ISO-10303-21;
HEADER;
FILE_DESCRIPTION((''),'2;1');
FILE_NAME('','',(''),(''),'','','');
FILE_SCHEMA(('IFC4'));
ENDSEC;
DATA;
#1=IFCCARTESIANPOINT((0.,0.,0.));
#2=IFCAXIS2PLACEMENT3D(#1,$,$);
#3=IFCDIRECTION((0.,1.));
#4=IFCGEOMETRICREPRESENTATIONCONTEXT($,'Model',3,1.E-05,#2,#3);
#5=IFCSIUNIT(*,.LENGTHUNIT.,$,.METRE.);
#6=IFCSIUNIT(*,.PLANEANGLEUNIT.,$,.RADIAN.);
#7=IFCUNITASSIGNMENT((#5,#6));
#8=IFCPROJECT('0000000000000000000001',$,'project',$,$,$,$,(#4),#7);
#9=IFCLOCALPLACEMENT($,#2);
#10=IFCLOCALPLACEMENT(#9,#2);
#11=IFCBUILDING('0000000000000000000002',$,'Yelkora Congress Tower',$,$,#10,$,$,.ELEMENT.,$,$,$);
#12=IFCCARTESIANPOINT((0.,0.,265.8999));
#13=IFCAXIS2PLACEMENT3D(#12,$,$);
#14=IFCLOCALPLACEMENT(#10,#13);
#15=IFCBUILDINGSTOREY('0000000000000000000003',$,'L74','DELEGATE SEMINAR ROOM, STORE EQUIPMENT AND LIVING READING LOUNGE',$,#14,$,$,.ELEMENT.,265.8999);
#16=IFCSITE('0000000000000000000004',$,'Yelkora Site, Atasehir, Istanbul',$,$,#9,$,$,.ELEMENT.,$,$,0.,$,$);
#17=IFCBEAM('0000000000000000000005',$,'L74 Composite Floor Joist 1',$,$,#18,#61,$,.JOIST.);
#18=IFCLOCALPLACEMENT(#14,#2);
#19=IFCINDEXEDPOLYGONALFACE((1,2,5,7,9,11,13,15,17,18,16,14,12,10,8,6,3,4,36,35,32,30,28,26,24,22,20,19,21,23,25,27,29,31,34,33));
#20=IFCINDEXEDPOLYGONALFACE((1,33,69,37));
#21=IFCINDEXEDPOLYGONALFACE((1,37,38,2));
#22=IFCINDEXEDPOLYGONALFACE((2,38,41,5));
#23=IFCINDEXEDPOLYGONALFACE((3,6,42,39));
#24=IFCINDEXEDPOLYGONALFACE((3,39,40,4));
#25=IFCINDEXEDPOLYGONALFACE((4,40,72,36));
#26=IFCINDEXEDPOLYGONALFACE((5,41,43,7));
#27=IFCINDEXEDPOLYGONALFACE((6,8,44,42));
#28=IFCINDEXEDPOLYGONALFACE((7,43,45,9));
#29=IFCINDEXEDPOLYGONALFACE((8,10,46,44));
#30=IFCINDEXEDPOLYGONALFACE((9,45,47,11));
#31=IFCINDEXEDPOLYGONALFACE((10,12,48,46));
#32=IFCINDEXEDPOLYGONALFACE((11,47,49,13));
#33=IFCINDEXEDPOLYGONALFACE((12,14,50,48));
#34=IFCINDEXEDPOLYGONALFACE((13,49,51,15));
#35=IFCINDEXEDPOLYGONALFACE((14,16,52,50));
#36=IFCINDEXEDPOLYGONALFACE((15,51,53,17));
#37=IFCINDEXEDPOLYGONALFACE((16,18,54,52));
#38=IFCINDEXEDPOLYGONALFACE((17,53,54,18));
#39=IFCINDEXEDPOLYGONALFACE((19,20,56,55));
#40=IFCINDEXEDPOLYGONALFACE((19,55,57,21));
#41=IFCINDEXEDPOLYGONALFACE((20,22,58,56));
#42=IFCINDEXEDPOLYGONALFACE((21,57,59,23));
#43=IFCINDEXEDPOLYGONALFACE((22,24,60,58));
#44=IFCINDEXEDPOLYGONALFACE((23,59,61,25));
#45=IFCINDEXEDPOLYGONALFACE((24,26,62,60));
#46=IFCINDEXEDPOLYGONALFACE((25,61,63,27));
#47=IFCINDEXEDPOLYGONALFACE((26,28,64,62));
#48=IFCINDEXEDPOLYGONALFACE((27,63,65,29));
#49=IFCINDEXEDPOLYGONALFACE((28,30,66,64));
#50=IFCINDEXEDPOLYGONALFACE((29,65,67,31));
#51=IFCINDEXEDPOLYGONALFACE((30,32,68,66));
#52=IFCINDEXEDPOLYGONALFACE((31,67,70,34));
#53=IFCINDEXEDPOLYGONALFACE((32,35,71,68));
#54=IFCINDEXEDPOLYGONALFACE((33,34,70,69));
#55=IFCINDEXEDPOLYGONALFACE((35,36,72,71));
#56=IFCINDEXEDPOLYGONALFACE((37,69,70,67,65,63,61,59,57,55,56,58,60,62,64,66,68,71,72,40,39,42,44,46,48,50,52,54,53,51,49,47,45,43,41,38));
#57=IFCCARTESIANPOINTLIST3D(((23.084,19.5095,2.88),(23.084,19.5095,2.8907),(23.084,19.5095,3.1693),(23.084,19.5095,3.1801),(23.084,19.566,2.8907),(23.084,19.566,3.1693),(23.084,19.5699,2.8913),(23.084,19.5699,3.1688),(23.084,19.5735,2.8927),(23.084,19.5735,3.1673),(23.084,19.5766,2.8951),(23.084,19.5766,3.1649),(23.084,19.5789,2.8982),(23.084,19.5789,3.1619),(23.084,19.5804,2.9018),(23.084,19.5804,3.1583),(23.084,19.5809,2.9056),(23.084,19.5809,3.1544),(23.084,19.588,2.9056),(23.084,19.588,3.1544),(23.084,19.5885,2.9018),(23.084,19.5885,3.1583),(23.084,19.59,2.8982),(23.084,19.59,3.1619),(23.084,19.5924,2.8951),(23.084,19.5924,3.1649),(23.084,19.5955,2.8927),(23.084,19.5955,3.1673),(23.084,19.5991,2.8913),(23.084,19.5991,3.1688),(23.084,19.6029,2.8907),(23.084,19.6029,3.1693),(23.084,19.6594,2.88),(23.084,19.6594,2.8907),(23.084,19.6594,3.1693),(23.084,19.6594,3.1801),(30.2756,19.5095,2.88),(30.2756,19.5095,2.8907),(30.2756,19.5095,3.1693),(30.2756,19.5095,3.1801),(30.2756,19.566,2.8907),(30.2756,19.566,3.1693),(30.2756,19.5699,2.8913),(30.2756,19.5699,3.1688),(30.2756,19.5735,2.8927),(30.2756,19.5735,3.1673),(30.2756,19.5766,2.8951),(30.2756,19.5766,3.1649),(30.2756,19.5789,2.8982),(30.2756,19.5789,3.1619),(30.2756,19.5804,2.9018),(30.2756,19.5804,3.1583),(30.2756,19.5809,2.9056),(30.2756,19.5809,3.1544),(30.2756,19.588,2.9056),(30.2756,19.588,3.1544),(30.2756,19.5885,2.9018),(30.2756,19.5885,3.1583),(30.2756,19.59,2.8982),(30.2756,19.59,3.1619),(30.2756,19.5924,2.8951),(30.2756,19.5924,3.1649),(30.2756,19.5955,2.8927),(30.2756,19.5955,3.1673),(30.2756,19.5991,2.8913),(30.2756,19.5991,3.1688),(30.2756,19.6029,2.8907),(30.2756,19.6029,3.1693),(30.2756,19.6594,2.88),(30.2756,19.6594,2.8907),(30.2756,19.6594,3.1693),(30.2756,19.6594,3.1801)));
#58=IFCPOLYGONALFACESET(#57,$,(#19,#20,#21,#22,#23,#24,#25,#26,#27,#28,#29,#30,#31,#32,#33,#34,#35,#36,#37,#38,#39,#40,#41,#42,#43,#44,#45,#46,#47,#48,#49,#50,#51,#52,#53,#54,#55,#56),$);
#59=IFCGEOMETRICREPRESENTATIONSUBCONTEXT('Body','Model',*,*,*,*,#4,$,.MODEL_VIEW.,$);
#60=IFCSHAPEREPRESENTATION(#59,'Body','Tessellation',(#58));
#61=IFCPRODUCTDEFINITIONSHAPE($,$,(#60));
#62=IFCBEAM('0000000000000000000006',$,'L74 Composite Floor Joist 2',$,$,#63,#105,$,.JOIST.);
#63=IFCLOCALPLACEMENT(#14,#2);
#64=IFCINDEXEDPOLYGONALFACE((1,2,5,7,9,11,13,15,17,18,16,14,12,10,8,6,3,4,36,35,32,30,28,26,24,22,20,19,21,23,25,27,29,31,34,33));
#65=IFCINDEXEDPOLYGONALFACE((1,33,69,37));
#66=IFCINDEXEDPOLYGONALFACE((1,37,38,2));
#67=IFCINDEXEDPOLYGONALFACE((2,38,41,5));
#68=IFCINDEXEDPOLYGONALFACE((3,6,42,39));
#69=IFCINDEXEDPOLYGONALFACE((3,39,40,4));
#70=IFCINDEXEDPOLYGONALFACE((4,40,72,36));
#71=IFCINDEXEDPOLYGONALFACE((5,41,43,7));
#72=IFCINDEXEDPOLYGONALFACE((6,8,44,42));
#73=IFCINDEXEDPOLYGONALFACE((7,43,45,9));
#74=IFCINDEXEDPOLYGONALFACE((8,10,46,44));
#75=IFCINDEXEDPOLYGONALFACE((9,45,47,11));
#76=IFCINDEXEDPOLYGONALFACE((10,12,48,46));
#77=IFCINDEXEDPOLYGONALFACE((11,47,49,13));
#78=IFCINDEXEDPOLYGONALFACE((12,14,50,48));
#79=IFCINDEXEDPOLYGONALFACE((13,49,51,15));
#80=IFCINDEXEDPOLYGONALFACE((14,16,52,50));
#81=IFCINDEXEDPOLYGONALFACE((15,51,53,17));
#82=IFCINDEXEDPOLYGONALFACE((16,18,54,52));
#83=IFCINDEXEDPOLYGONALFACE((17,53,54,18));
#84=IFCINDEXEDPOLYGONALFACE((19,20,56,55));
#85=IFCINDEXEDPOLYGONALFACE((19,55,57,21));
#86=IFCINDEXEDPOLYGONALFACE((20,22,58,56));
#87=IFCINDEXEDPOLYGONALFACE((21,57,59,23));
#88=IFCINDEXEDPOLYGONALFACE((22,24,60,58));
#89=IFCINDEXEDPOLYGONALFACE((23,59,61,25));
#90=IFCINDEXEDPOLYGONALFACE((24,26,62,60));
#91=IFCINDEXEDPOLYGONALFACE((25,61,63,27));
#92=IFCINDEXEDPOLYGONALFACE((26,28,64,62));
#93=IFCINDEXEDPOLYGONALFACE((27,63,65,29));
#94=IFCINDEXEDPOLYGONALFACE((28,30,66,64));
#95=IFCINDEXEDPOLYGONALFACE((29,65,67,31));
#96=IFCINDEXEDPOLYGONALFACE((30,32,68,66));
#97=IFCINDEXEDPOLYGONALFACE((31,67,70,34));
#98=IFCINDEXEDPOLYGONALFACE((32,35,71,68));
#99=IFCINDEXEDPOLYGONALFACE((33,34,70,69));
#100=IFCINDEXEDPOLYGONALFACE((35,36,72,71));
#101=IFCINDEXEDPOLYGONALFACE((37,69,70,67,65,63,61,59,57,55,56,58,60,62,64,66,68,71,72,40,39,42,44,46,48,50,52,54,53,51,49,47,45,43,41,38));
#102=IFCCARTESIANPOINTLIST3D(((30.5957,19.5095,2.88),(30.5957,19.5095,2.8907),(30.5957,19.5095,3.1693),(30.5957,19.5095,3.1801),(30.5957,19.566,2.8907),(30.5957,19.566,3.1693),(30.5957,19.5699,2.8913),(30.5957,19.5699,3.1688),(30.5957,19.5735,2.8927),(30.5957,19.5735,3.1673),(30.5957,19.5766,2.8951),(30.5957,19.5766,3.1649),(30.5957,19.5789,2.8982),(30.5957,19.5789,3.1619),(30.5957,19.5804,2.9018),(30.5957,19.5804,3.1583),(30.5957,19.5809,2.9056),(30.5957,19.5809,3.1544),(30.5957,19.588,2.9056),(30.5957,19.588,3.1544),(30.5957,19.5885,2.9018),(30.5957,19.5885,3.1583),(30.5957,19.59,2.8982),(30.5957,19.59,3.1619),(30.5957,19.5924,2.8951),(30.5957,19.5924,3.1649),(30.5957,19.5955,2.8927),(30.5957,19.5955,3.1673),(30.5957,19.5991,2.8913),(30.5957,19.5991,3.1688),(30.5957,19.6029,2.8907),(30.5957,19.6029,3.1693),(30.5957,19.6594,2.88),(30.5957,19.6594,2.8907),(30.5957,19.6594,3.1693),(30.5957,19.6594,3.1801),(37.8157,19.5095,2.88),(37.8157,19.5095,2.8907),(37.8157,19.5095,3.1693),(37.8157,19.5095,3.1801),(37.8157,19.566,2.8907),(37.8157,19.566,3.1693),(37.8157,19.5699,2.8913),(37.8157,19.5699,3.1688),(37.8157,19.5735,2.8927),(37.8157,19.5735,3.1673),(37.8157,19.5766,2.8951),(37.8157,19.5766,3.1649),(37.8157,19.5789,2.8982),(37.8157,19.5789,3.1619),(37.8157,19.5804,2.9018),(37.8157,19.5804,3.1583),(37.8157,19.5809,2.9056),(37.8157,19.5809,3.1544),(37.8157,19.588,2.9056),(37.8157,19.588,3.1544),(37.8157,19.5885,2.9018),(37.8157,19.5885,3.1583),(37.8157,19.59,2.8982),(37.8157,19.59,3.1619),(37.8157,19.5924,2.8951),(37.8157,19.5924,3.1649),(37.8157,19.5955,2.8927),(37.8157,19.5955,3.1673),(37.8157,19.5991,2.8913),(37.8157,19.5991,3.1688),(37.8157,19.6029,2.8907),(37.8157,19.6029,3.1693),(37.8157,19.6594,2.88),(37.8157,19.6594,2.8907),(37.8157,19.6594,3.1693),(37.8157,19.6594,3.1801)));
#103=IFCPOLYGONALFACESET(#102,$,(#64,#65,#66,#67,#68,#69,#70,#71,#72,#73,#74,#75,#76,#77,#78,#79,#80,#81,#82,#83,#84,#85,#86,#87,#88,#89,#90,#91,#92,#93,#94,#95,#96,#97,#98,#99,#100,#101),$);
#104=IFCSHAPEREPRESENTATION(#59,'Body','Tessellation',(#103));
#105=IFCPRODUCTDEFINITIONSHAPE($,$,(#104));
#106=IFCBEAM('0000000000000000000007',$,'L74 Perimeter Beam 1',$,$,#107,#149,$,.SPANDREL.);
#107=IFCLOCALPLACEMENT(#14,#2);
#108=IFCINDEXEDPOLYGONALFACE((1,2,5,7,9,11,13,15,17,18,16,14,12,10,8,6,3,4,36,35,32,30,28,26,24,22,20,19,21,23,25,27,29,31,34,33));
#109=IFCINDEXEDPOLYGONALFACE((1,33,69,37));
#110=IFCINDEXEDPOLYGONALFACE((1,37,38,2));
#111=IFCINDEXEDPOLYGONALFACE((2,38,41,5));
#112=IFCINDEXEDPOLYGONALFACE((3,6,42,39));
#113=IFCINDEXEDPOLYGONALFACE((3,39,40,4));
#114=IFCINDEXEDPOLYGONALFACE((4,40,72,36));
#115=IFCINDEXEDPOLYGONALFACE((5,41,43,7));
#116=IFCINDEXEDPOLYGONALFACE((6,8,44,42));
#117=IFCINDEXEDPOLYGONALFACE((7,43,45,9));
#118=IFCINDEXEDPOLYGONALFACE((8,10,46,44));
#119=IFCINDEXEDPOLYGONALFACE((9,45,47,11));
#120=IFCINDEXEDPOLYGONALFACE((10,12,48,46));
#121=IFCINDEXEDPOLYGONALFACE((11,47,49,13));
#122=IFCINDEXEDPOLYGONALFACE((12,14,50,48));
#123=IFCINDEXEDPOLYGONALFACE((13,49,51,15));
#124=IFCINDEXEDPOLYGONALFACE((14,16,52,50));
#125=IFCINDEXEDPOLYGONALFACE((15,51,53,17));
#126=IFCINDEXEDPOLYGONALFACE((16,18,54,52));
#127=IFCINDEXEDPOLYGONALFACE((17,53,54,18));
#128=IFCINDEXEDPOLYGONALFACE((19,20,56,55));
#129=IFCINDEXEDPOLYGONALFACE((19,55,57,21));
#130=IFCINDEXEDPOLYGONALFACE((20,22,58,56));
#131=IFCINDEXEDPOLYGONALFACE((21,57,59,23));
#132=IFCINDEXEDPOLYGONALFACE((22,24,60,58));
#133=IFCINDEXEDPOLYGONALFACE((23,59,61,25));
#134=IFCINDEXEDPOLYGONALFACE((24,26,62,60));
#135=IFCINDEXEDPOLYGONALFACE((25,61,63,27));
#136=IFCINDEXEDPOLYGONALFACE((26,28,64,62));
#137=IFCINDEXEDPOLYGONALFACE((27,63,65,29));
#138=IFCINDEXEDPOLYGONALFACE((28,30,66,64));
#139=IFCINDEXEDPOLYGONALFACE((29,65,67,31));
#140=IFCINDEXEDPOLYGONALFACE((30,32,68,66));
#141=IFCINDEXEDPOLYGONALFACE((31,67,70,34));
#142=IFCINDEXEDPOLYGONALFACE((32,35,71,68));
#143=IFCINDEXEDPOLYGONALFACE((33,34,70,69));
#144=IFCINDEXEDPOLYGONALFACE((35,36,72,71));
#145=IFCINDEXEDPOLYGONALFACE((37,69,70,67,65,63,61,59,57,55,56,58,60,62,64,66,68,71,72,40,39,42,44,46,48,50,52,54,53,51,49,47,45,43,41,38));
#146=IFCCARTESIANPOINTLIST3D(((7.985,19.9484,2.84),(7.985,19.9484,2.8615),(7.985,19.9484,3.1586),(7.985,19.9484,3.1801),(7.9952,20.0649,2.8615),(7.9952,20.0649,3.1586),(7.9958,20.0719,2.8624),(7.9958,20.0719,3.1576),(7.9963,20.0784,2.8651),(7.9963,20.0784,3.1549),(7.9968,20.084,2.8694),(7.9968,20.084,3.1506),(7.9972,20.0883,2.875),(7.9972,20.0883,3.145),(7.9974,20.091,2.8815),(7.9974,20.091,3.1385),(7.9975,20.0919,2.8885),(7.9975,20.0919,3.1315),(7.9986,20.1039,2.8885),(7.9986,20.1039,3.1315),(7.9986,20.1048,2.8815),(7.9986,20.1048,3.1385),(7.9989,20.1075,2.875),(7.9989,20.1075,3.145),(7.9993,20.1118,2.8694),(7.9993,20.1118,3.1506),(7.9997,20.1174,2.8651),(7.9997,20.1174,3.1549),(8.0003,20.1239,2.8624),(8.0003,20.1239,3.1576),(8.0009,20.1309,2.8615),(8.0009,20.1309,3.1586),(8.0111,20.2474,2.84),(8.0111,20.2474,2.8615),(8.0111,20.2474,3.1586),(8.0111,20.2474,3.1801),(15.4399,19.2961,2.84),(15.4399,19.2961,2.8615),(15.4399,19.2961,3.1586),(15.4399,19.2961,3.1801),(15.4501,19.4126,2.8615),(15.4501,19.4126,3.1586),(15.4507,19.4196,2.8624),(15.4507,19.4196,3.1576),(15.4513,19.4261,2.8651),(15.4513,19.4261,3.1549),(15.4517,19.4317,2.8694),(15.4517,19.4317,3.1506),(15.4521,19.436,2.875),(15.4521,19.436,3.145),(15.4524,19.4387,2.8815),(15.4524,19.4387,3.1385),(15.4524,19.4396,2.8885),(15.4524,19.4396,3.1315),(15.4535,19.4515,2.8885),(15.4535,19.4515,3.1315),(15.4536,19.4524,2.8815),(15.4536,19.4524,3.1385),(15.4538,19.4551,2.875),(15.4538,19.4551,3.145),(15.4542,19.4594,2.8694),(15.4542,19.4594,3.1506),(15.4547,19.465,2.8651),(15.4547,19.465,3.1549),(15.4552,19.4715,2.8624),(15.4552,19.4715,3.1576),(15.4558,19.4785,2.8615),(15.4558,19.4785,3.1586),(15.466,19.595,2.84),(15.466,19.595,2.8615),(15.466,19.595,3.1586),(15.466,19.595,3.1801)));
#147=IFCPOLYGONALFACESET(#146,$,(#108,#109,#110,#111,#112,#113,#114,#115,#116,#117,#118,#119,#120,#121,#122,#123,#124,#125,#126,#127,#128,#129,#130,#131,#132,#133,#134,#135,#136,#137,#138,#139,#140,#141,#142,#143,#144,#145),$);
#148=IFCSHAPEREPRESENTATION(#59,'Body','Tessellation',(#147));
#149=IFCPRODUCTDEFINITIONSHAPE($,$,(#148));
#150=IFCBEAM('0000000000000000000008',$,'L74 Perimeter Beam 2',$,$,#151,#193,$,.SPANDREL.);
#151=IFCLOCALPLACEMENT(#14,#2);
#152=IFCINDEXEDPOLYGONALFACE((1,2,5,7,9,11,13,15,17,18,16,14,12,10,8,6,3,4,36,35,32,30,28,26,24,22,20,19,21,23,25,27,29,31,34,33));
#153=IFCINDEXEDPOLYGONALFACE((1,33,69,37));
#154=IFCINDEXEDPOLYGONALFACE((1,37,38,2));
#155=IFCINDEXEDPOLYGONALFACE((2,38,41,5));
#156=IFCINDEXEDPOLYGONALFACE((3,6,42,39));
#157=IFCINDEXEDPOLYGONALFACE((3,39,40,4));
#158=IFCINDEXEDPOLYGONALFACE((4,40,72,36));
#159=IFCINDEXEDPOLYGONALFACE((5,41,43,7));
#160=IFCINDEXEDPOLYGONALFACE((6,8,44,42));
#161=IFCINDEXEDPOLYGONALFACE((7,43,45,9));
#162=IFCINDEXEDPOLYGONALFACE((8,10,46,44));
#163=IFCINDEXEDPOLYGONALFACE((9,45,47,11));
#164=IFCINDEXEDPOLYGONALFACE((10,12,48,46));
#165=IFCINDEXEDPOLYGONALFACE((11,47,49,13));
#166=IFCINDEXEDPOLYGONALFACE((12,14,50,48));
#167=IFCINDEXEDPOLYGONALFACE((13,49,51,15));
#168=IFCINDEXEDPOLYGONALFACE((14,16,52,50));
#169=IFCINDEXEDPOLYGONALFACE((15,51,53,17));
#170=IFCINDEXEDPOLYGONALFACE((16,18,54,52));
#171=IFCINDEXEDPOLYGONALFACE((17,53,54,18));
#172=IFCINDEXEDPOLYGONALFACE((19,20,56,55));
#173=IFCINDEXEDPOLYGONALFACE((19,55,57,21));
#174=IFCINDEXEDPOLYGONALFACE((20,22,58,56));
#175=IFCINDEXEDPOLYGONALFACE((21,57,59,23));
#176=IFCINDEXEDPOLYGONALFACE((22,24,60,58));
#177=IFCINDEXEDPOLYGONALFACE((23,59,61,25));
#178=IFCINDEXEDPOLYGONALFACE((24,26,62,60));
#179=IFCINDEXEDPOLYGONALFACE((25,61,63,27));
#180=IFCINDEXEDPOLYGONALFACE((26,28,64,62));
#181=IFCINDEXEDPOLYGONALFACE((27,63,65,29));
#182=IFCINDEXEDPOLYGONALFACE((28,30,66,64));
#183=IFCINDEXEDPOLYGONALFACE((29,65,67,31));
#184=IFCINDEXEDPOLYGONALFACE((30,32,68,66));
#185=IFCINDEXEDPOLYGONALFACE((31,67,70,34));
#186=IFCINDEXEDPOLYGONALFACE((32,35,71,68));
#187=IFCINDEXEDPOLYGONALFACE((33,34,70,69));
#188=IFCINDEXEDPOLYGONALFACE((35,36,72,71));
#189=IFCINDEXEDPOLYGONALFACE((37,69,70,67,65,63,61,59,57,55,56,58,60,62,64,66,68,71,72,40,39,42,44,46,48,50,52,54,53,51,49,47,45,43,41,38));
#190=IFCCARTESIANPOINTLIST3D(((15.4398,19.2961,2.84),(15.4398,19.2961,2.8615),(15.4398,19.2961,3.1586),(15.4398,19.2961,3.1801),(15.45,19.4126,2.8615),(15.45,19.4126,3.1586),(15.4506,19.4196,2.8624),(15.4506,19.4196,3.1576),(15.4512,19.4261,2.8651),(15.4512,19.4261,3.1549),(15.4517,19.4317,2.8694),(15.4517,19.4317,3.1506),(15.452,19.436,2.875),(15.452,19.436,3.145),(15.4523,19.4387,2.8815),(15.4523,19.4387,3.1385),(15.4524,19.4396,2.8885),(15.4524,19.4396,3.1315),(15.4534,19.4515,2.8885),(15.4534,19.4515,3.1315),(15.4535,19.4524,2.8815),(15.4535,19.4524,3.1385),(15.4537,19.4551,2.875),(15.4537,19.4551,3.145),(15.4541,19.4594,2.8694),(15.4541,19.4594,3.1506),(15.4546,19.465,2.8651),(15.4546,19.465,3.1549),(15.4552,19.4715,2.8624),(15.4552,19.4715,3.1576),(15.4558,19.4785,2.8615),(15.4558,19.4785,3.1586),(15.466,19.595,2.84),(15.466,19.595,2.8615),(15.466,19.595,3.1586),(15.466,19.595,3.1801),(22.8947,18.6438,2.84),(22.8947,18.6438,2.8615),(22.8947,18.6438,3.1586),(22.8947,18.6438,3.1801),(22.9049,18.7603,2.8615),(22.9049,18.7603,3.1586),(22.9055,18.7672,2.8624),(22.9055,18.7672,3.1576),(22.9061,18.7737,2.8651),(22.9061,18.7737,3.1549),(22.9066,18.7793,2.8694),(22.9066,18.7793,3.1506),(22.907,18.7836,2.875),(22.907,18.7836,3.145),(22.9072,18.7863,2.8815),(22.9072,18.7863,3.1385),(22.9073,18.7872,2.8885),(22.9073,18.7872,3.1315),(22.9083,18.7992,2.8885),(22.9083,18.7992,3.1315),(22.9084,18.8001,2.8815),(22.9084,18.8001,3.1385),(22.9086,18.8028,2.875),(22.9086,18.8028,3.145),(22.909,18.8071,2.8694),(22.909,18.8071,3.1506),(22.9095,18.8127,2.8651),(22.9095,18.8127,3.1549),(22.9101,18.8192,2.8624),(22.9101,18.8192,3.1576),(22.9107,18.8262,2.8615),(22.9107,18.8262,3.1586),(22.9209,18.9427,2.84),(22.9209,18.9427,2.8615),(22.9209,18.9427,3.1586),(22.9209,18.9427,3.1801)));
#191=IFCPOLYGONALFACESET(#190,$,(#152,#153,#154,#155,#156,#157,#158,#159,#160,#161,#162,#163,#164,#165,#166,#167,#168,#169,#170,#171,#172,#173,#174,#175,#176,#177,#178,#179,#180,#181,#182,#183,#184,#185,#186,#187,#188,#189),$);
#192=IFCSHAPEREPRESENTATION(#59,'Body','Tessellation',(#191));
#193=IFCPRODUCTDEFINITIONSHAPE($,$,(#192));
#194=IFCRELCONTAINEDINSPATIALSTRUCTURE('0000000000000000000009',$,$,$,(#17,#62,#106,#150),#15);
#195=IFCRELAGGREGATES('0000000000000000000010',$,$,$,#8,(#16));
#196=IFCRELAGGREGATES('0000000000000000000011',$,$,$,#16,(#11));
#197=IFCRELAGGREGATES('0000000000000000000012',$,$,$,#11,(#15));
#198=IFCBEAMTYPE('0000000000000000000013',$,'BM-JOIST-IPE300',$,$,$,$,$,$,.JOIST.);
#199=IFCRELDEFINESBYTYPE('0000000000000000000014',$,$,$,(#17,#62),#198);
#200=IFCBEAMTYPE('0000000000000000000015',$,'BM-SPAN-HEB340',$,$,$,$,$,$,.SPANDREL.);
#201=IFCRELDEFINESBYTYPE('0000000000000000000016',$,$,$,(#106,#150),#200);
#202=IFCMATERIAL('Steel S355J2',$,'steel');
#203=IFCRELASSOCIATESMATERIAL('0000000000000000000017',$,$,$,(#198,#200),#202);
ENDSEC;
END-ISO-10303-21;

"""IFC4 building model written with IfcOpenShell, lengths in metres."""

from ifc_helpers import new_model, si_unit, direction, frame, origin, origin_2d, place, context, subcontext, project, spatial, i_section, extrude, material, material_profile, profile_set, type_object, element, save


model = new_model("IFC4")

# Units and contexts
model_context = context("Model", 3, precision=1e-05, world=origin(), true_north=direction((0.0, 1.0)))
body_context = subcontext(model_context, "Body", "Model", "MODEL_VIEW")
ifc_project = project(units=[si_unit("LENGTHUNIT", "METRE"), si_unit("PLANEANGLEUNIT", "RADIAN")], contexts=[model_context])

# Site, building, storey
site_placement = place(None, origin())
site = spatial("IfcSite", under=ifc_project, at=site_placement, Name="Yelkora Site, Atasehir, Istanbul", CompositionType="ELEMENT", RefElevation=0.0)
building_placement = place(site_placement, origin())
building = spatial("IfcBuilding", under=site, at=building_placement, Name="Yelkora Congress Tower", CompositionType="ELEMENT")
storey_placement = place(building_placement, frame((0.0, 0.0, 265.8999)))
storey = spatial("IfcBuildingStorey", under=building, at=storey_placement, Name="L74", Description="DELEGATE SEMINAR ROOM, STORE EQUIPMENT AND LIVING READING LOUNGE", CompositionType="ELEMENT", Elevation=265.8999)

# Shared definitions
ifc_material_1 = material(Name="Steel S355J2", Category="steel")

# Beams
ifc_material_profile_1 = material_profile(ifc_material_1, i_section(OverallWidth=0.1499, OverallDepth=0.3, WebThickness=0.0071, FlangeThickness=0.0107, FilletRadius=0.0149, at=origin_2d()), Name="IPE 300")
ifc_profile_set_1 = profile_set([ifc_material_profile_1], Name="Steel S355J2")
beam_type_1 = type_object("IfcBeamType", Name="BM-JOIST-IPE300", PredefinedType="JOIST", material=ifc_profile_set_1)
beam_1_placement = place(storey_placement, frame((23.084, 19.5845, 3.03), z_axis=(1.0, 0.0, 0.0), x_axis=(0.0, 1.0, 0.0)))
element("IfcBeam", 1, at=beam_1_placement, inside=storey, type_object=beam_type_1, Name="L74 Composite Floor Joist 1", PredefinedType="JOIST", context=body_context, shape_type="SweptSolid", body=[
    extrude(i_section(OverallWidth=0.1499, OverallDepth=0.3, WebThickness=0.0071, FlangeThickness=0.0107, FilletRadius=0.0149, at=origin_2d()), origin(), (0.0, 0.0, 1.0), 7.1917),
])
beam_2_placement = place(storey_placement, frame((30.5957, 19.5845, 3.03), z_axis=(1.0, 0.0, 0.0), x_axis=(0.0, 1.0, 0.0)))
element("IfcBeam", 2, at=beam_2_placement, inside=storey, type_object=beam_type_1, Name="L74 Composite Floor Joist 2", PredefinedType="JOIST", context=body_context, shape_type="SweptSolid", body=[
    extrude(i_section(OverallWidth=0.1499, OverallDepth=0.3, WebThickness=0.0071, FlangeThickness=0.0107, FilletRadius=0.0149, at=origin_2d()), origin(), (0.0, 0.0, 1.0), 7.22),
])
ifc_material_profile_2 = material_profile(ifc_material_1, i_section(OverallWidth=0.3, OverallDepth=0.3401, WebThickness=0.012, FlangeThickness=0.0215, FilletRadius=0.0271, at=origin_2d()), Name="HEB 340")
ifc_profile_set_2 = profile_set([ifc_material_profile_2], Name="Steel S355J2")
beam_type_2 = type_object("IfcBeamType", Name="BM-SPAN-HEB340", PredefinedType="SPANDREL", material=ifc_profile_set_2)
for number, where, z_axis, x_axis, name in (
    (3, (7.998, 20.0979, 3.01), (0.996193, -0.087173, 0.0), (0.087173, 0.996193, 0.0), "L74 Perimeter Beam 1"),
    (4, (15.4529, 19.4456, 3.01), (0.996193, -0.087173, 0.0), (0.087173, 0.996193, 0.0), "L74 Perimeter Beam 2"),
):
    element("IfcBeam", number, at=place(storey_placement, frame(where, z_axis=z_axis, x_axis=x_axis)), inside=storey, type_object=beam_type_2, Name=name, PredefinedType="SPANDREL", context=body_context, shape_type="SweptSolid", body=[
        extrude(i_section(OverallWidth=0.3, OverallDepth=0.3401, WebThickness=0.012, FlangeThickness=0.0215, FilletRadius=0.0271, at=origin_2d()), origin(), (0.0, 0.0, 1.0), 7.4834),
    ])

save(model, "model.ifc")
